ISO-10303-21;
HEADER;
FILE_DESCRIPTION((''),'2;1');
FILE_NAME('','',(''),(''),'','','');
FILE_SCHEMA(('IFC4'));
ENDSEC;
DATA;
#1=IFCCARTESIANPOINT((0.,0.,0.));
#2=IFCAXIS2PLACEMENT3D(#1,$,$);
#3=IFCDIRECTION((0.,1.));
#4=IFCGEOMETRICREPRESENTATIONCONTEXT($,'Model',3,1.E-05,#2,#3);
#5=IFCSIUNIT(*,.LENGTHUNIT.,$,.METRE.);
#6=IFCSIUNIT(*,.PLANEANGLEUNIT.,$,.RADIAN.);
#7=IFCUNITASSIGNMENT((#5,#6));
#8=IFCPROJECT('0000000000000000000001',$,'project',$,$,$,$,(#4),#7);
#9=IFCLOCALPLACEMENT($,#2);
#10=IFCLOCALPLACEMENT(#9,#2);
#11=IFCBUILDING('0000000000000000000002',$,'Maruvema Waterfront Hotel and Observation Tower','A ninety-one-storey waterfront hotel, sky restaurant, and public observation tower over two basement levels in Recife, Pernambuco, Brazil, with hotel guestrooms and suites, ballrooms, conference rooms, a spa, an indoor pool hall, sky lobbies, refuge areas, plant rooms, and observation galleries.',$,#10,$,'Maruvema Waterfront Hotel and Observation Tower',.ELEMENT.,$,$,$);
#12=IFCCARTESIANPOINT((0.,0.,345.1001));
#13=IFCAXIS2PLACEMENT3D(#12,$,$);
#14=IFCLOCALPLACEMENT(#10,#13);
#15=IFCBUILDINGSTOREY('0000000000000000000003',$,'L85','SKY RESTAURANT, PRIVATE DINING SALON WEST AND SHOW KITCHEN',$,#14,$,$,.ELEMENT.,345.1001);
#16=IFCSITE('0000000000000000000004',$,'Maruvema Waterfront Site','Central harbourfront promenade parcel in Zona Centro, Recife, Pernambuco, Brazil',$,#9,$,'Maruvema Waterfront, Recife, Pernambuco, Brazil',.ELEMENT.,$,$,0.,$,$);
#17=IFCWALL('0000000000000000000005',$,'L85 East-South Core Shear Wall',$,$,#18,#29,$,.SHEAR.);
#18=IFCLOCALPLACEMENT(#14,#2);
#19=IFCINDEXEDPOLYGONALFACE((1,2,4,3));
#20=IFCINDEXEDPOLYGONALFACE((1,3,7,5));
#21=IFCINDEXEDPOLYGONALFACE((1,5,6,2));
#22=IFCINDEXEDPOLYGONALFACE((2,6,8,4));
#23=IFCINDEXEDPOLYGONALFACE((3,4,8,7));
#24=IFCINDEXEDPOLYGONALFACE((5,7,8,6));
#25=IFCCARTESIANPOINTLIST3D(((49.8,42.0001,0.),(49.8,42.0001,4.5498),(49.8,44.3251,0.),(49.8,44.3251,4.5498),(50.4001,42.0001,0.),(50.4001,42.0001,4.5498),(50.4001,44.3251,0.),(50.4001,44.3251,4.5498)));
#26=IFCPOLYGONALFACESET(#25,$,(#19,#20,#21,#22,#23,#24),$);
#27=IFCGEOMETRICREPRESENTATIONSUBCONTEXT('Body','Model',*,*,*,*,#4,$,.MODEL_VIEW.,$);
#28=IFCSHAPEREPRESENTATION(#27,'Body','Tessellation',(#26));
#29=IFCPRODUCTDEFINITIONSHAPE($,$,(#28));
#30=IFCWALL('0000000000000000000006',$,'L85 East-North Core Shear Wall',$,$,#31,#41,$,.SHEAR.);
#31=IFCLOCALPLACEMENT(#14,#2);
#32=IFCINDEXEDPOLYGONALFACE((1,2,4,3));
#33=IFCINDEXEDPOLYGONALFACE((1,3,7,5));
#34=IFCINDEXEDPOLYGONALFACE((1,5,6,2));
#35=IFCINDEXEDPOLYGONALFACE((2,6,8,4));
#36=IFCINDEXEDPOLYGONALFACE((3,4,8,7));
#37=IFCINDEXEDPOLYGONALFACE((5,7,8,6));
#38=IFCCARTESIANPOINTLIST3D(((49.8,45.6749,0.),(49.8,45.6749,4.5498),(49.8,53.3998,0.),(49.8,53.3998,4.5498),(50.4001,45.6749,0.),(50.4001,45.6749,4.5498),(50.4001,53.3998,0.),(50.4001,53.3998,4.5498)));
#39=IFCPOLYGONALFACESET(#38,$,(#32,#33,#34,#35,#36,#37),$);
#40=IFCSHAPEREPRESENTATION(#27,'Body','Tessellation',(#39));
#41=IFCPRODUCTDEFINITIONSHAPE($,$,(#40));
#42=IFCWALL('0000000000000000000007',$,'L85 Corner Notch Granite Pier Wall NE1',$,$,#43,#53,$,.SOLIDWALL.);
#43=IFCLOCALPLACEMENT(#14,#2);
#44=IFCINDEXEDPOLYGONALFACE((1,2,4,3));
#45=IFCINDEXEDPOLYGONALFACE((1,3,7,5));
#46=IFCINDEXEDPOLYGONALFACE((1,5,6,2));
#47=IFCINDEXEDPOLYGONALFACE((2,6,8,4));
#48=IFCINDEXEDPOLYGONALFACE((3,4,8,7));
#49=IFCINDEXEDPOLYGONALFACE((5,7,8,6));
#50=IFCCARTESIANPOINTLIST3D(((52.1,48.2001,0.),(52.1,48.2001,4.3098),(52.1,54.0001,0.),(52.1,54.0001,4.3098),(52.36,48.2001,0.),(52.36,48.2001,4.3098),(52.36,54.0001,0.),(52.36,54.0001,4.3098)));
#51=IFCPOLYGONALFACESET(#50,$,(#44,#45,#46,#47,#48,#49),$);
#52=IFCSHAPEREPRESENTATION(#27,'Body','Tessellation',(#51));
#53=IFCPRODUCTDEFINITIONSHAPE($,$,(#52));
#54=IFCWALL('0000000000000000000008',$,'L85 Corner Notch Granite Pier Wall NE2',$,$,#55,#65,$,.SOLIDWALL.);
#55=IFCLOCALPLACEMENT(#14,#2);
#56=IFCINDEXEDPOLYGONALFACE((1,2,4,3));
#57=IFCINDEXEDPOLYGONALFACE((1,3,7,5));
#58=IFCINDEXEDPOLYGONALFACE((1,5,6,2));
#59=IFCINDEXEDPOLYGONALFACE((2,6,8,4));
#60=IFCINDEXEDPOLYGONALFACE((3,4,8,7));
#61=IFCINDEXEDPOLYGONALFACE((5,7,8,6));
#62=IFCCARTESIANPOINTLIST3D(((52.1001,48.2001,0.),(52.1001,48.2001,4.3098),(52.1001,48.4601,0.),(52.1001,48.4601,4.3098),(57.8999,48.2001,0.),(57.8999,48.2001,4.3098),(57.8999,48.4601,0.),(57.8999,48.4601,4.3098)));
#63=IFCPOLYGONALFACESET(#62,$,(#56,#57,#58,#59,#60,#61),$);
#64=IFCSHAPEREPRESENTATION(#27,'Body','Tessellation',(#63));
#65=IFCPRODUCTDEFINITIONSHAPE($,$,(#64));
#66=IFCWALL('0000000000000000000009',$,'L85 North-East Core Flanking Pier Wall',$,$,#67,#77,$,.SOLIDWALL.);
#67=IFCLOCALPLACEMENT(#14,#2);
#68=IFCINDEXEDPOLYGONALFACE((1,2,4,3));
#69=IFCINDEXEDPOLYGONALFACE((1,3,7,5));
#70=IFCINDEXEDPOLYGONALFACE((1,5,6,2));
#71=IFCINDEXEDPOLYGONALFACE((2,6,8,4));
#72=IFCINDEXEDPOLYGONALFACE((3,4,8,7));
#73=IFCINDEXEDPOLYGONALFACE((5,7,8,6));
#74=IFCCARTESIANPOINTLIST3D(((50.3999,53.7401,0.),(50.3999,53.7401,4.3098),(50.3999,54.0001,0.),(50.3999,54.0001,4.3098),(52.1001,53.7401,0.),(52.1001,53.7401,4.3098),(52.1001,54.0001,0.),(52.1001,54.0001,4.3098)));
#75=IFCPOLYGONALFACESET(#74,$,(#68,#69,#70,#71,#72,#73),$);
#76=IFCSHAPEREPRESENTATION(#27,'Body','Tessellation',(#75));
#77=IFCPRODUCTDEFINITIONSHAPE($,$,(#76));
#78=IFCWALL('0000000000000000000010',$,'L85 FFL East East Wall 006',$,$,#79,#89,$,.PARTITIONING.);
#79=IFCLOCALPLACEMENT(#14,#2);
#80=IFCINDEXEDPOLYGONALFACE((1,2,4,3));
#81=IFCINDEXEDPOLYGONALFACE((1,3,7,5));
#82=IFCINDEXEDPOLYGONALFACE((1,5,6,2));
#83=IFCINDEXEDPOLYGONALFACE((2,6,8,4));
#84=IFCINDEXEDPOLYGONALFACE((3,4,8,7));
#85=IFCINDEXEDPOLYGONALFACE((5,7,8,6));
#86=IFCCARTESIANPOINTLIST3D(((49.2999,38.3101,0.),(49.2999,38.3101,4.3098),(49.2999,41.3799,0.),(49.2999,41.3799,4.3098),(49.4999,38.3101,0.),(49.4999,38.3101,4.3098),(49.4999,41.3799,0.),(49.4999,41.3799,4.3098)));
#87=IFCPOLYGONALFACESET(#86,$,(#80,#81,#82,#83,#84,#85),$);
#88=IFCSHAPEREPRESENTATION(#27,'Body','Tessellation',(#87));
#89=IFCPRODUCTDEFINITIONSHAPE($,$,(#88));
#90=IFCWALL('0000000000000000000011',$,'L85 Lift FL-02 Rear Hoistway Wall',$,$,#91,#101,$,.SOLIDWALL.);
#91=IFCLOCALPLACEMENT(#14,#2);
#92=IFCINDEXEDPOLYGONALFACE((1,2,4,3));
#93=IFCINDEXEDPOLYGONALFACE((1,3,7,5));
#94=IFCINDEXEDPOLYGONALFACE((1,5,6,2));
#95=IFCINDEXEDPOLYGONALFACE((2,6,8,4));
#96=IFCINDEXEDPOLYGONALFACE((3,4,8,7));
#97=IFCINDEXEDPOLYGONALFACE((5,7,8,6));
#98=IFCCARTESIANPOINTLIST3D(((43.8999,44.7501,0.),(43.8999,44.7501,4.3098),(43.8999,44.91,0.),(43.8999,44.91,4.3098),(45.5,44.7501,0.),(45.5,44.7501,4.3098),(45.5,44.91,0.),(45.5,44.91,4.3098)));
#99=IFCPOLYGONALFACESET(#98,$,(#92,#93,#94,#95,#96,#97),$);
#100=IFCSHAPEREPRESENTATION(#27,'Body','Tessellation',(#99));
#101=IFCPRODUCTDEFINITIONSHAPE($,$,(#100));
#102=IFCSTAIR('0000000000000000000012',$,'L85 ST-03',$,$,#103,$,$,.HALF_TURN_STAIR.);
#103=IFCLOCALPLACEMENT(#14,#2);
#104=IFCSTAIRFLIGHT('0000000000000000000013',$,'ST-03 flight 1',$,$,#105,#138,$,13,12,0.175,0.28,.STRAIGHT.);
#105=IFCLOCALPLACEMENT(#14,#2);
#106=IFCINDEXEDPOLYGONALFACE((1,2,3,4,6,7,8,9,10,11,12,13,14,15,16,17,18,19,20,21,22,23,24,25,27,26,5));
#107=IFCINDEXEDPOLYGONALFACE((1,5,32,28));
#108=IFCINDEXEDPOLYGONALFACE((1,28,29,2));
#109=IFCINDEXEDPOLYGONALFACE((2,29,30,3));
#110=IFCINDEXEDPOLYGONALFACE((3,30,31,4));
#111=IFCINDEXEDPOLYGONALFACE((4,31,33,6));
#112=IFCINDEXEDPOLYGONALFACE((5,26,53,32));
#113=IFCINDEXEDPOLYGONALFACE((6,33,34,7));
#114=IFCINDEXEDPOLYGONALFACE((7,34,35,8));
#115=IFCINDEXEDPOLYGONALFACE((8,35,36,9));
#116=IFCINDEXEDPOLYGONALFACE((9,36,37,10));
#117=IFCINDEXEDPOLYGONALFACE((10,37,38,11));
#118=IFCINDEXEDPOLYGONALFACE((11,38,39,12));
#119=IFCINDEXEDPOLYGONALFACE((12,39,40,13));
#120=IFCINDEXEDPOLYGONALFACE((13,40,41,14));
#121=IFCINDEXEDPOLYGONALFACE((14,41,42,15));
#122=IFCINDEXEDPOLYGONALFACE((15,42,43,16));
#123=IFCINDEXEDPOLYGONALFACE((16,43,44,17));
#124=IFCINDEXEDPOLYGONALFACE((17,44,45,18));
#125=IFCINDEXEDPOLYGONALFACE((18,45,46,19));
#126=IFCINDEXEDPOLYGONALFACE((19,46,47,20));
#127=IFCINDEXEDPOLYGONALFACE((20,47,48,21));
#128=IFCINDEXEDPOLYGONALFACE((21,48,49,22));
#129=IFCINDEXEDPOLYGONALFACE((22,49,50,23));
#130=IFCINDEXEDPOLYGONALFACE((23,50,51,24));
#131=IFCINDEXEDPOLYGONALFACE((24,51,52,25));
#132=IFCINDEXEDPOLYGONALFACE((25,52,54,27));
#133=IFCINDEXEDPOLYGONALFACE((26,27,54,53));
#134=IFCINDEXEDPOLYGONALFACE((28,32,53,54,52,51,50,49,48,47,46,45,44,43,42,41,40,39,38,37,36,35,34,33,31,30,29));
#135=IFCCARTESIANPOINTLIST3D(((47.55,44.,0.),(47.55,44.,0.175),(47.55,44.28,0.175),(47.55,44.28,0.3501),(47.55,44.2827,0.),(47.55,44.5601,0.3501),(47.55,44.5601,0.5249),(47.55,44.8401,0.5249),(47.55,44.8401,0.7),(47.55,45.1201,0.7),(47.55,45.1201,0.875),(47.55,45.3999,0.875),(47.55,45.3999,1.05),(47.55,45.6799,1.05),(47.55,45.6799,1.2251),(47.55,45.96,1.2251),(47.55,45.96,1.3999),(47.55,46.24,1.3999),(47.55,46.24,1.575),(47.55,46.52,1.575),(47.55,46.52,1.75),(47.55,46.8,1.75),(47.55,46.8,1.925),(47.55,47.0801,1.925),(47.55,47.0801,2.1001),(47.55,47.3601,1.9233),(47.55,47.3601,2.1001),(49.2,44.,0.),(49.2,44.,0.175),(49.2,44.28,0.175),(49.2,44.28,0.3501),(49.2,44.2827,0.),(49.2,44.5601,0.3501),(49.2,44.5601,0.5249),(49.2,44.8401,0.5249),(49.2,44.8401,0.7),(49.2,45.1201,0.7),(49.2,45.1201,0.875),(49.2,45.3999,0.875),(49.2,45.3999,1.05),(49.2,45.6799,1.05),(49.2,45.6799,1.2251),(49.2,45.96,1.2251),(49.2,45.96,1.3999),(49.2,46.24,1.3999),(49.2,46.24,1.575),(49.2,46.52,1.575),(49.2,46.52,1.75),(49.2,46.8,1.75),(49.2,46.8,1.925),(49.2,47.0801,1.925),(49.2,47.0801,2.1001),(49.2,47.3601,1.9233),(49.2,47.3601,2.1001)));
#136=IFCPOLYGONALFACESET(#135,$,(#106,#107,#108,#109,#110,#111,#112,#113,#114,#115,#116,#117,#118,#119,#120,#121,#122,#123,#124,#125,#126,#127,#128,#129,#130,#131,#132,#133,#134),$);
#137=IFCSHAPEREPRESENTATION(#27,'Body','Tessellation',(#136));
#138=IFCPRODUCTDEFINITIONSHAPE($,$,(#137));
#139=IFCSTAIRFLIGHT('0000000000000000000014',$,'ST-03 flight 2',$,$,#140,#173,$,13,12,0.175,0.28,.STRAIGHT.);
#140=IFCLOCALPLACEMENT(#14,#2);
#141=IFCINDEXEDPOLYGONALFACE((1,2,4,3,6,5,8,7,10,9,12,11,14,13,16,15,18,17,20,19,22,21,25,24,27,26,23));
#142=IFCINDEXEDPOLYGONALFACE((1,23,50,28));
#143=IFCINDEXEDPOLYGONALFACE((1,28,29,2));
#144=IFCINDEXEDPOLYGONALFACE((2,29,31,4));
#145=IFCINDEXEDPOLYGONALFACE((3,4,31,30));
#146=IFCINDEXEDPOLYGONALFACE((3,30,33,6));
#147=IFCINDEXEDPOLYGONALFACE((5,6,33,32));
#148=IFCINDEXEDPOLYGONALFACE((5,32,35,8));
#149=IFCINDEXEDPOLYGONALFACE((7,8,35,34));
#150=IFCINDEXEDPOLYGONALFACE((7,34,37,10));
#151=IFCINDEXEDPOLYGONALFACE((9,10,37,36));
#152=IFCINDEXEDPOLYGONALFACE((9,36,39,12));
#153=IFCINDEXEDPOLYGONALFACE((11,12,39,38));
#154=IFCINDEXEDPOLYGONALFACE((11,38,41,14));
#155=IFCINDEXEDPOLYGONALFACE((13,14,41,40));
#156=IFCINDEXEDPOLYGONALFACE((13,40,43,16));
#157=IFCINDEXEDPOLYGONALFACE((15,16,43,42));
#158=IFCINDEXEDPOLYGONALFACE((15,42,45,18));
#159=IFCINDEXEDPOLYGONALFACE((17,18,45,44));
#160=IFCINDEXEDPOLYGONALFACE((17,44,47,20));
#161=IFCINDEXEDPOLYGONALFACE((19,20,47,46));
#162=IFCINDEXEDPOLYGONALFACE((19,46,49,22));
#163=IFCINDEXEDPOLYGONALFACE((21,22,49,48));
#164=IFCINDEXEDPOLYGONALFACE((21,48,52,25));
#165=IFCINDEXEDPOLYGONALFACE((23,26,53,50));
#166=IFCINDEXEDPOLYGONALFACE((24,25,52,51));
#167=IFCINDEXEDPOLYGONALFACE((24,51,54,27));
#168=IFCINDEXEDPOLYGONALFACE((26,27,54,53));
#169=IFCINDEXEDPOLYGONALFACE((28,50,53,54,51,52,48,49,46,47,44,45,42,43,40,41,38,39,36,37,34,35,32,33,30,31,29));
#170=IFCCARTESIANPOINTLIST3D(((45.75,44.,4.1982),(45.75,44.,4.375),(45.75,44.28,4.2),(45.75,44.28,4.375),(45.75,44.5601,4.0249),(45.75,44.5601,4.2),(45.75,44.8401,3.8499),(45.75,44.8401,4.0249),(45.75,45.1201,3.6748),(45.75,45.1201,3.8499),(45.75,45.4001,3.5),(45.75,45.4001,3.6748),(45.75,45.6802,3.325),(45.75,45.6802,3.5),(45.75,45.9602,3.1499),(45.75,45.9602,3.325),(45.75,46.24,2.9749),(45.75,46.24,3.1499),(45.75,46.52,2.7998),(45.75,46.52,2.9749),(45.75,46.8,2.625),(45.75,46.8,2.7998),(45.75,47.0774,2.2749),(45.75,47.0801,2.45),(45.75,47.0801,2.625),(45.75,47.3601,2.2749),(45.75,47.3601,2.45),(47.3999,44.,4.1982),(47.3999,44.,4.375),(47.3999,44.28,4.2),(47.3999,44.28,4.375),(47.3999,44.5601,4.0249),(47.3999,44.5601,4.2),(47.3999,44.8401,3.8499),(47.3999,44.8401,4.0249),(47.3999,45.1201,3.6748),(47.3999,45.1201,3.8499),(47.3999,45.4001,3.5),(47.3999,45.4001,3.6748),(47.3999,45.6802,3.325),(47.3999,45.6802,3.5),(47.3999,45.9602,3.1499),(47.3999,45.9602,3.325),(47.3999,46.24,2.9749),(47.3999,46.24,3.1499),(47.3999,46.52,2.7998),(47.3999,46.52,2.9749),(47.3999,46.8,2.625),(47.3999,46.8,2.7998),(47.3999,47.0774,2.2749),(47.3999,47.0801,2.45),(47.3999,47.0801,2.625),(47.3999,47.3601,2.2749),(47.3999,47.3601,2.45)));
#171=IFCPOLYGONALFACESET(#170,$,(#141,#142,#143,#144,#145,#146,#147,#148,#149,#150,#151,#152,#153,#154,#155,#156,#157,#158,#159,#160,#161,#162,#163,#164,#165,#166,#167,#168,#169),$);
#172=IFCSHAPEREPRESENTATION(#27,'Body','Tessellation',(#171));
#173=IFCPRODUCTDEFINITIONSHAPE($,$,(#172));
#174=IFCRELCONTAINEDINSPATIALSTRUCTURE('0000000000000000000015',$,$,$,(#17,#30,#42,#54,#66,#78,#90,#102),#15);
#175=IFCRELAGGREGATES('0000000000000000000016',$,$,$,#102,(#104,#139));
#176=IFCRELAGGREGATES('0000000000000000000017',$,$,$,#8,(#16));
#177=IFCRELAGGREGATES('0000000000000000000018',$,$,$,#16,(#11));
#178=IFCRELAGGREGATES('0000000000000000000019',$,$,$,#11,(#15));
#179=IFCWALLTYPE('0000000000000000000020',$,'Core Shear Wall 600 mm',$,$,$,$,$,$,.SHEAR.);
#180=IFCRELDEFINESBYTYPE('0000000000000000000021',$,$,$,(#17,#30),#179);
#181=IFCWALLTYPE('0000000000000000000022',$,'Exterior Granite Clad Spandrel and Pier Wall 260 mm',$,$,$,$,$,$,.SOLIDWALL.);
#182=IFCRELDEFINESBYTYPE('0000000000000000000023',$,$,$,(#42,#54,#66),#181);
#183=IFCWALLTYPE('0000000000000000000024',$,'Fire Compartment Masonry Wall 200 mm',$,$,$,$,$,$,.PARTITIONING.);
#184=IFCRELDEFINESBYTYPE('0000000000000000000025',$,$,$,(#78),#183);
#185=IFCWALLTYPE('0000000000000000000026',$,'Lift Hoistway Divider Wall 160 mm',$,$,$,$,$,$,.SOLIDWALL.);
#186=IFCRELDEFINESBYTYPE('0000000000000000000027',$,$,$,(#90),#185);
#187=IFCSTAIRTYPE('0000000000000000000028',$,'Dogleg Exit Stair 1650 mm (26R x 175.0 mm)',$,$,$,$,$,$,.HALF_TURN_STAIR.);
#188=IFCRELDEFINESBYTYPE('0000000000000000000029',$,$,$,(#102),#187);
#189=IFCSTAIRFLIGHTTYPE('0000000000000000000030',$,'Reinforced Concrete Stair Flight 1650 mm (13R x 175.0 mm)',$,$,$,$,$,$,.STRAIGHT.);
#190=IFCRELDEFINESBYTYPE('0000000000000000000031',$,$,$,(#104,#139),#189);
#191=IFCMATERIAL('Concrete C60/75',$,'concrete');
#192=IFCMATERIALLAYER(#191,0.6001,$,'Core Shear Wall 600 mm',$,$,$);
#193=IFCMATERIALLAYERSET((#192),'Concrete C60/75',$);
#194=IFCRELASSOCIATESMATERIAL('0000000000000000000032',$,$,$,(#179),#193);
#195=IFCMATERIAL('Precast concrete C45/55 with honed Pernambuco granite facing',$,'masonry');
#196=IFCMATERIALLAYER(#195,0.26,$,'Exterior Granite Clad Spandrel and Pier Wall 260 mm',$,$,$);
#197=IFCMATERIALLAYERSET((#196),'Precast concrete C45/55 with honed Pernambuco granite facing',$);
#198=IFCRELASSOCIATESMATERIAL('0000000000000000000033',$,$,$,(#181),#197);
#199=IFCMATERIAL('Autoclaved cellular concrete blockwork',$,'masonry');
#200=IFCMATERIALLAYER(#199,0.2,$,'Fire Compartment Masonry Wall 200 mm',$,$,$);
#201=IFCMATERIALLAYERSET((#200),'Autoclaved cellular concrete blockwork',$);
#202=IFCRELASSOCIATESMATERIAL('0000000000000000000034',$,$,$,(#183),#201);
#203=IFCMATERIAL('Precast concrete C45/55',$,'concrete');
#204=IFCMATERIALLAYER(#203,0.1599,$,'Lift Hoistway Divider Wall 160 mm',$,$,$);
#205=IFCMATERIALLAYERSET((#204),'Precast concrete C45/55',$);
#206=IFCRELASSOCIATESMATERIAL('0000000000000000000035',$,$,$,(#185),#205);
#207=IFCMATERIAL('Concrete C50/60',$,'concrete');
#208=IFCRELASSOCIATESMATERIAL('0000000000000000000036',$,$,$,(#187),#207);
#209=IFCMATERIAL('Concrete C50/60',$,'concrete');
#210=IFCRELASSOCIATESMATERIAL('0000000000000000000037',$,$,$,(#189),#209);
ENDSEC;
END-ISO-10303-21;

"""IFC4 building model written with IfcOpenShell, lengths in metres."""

from ifc_helpers import new_model, si_unit, direction, frame, frame_2d, origin, place, context, subcontext, project, spatial, polyline, rectangle, outline, extrude, material, layer, layer_set, type_object, element, aggregate, save


model = new_model("IFC4")

# Units and contexts
model_context = context("Model", 3, precision=1e-05, world=origin(), true_north=direction((0.0, 1.0)))
body_context = subcontext(model_context, "Body", "Model", "MODEL_VIEW")
ifc_project = project(units=[si_unit("LENGTHUNIT", "METRE"), si_unit("PLANEANGLEUNIT", "RADIAN")], contexts=[model_context])

# Site, building, storey
site_placement = place(None, origin())
site = spatial("IfcSite", under=ifc_project, at=site_placement, Name="Maruvema Waterfront Site", Description="Central harbourfront promenade parcel in Zona Centro, Recife, Pernambuco, Brazil", LongName="Maruvema Waterfront, Recife, Pernambuco, Brazil", CompositionType="ELEMENT", RefElevation=0.0)
building_placement = place(site_placement, origin())
building = spatial("IfcBuilding", under=site, at=building_placement, Name="Maruvema Waterfront Hotel and Observation Tower", Description="A ninety-one-storey waterfront hotel, sky restaurant, and public observation tower over two basement levels in Recife, Pernambuco, Brazil, with hotel guestrooms and suites, ballrooms, conference rooms, a spa, an indoor pool hall, sky lobbies, refuge areas, plant rooms, and observation galleries.", LongName="Maruvema Waterfront Hotel and Observation Tower", CompositionType="ELEMENT")
storey_placement = place(building_placement, frame((0.0, 0.0, 345.1001)))
storey = spatial("IfcBuildingStorey", under=building, at=storey_placement, Name="L85", Description="SKY RESTAURANT, PRIVATE DINING SALON WEST AND SHOW KITCHEN", CompositionType="ELEMENT", Elevation=345.1001)

# Walls
ifc_material_1 = material(Name="Concrete C60/75", Category="concrete")
ifc_layer_1 = layer(ifc_material_1, 0.6001, Name="Core Shear Wall 600 mm")
ifc_layer_set_1 = layer_set([ifc_layer_1], Name="Concrete C60/75")
wall_type_1 = type_object("IfcWallType", Name="Core Shear Wall 600 mm", PredefinedType="SHEAR", material=ifc_layer_set_1)
wall_1_placement = place(storey_placement, frame((50.1001, 42.0, 0.0), z_axis=(0.0, 0.0, 1.0), x_axis=(0.0, 1.0, 0.0)))
element("IfcWall", 1, at=wall_1_placement, inside=storey, type_object=wall_type_1, Name="L85 East-South Core Shear Wall", PredefinedType="SHEAR", context=body_context, shape_type="SweptSolid", body=[
    extrude(rectangle(XDim=2.325, YDim=0.6001, at=frame_2d((1.1626, 0.0))), origin(), (0.0, 0.0, 1.0), 4.5498),
])
wall_2_placement = place(storey_placement, frame((50.1001, 45.675, 0.0), z_axis=(0.0, 0.0, 1.0), x_axis=(0.0, 1.0, 0.0)))
element("IfcWall", 2, at=wall_2_placement, inside=storey, type_object=wall_type_1, Name="L85 East-North Core Shear Wall", PredefinedType="SHEAR", context=body_context, shape_type="SweptSolid", body=[
    extrude(rectangle(XDim=7.7249, YDim=0.6001, at=frame_2d((3.8623, 0.0))), origin(), (0.0, 0.0, 1.0), 4.5498),
])
ifc_material_2 = material(Name="Precast concrete C45/55 with honed Pernambuco granite facing", Category="masonry")
ifc_layer_2 = layer(ifc_material_2, 0.26, Name="Exterior Granite Clad Spandrel and Pier Wall 260 mm")
ifc_layer_set_2 = layer_set([ifc_layer_2], Name="Precast concrete C45/55 with honed Pernambuco granite facing")
wall_type_2 = type_object("IfcWallType", Name="Exterior Granite Clad Spandrel and Pier Wall 260 mm", PredefinedType="SOLIDWALL", material=ifc_layer_set_2)
wall_3_placement = place(storey_placement, frame((52.23, 54.0, 0.0), z_axis=(0.0, 0.0, 1.0), x_axis=(0.0, -1.0, 0.0)))
element("IfcWall", 3, at=wall_3_placement, inside=storey, type_object=wall_type_2, Name="L85 Corner Notch Granite Pier Wall NE1", PredefinedType="SOLIDWALL", context=body_context, shape_type="SweptSolid", body=[
    extrude(rectangle(XDim=5.8, YDim=0.26, at=frame_2d((2.8999, 0.0))), origin(), (0.0, 0.0, 1.0), 4.3098),
])
wall_4_placement = place(storey_placement, frame((52.1001, 48.3301, 0.0), z_axis=(0.0, 0.0, 1.0), x_axis=(1.0, 0.0, 0.0)))
element("IfcWall", 4, at=wall_4_placement, inside=storey, type_object=wall_type_2, Name="L85 Corner Notch Granite Pier Wall NE2", PredefinedType="SOLIDWALL", context=body_context, shape_type="SweptSolid", body=[
    extrude(rectangle(XDim=5.7998, YDim=0.26, at=frame_2d((2.8999, 0.0))), origin(), (0.0, 0.0, 1.0), 4.3098),
])
wall_5_placement = place(storey_placement, frame((52.1001, 53.8701, 0.0), z_axis=(0.0, 0.0, 1.0), x_axis=(-1.0, 0.0, 0.0)))
element("IfcWall", 5, at=wall_5_placement, inside=storey, type_object=wall_type_2, Name="L85 North-East Core Flanking Pier Wall", PredefinedType="SOLIDWALL", context=body_context, shape_type="SweptSolid", body=[
    extrude(rectangle(XDim=1.7002, YDim=0.26, at=frame_2d((0.8501, 0.0))), origin(), (0.0, 0.0, 1.0), 4.3098),
])
ifc_material_3 = material(Name="Autoclaved cellular concrete blockwork", Category="masonry")
ifc_layer_3 = layer(ifc_material_3, 0.2, Name="Fire Compartment Masonry Wall 200 mm")
ifc_layer_set_3 = layer_set([ifc_layer_3], Name="Autoclaved cellular concrete blockwork")
wall_type_3 = type_object("IfcWallType", Name="Fire Compartment Masonry Wall 200 mm", PredefinedType="PARTITIONING", material=ifc_layer_set_3)
wall_6_placement = place(storey_placement, frame((49.3999, 38.3101, 0.0), z_axis=(0.0, 0.0, 1.0), x_axis=(0.0, 1.0, 0.0)))
element("IfcWall", 6, at=wall_6_placement, inside=storey, type_object=wall_type_3, Name="L85 FFL East East Wall 006", PredefinedType="PARTITIONING", context=body_context, shape_type="SweptSolid", body=[
    extrude(rectangle(XDim=3.0698, YDim=0.2, at=frame_2d((1.5349, 0.0))), origin(), (0.0, 0.0, 1.0), 4.3098),
])
ifc_material_4 = material(Name="Precast concrete C45/55", Category="concrete")
ifc_layer_4 = layer(ifc_material_4, 0.1599, Name="Lift Hoistway Divider Wall 160 mm")
ifc_layer_set_4 = layer_set([ifc_layer_4], Name="Precast concrete C45/55")
wall_type_4 = type_object("IfcWallType", Name="Lift Hoistway Divider Wall 160 mm", PredefinedType="SOLIDWALL", material=ifc_layer_set_4)
wall_7_placement = place(storey_placement, frame((43.8999, 44.8301, 0.0), z_axis=(0.0, 0.0, 1.0), x_axis=(1.0, 0.0, 0.0)))
element("IfcWall", 7, at=wall_7_placement, inside=storey, type_object=wall_type_4, Name="L85 Lift FL-02 Rear Hoistway Wall", PredefinedType="SOLIDWALL", context=body_context, shape_type="SweptSolid", body=[
    extrude(rectangle(XDim=1.6001, YDim=0.1599, at=frame_2d((0.8, 0.0))), origin(), (0.0, 0.0, 1.0), 4.3098),
])

# Stair, stair flights
ifc_material_5 = material(Name="Concrete C50/60", Category="concrete")
stair_type = type_object("IfcStairType", Name="Dogleg Exit Stair 1650 mm (26R x 175.0 mm)", PredefinedType="HALF_TURN_STAIR", material=ifc_material_5)
stair_placement = place(storey_placement, origin())
stair = element("IfcStair", 8, at=stair_placement, inside=storey, type_object=stair_type, Name="L85 ST-03", PredefinedType="HALF_TURN_STAIR")
ifc_material_6 = material(Name="Concrete C50/60", Category="concrete")
stair_flight_type = type_object("IfcStairFlightType", Name="Reinforced Concrete Stair Flight 1650 mm (13R x 175.0 mm)", PredefinedType="STRAIGHT", material=ifc_material_6)
stair_flight_1_placement = place(storey_placement, frame((48.375, 44.0, 0.0), z_axis=(0.0, 0.0, 1.0), x_axis=(0.0, 1.0, 0.0)))
stair_flight_1 = element("IfcStairFlight", 9, at=stair_flight_1_placement, type_object=stair_flight_type, Name="ST-03 flight 1", NumberOfRisers=13, NumberOfTreads=12, PredefinedType="STRAIGHT", RiserHeight=0.175, TreadLength=0.28, context=body_context, shape_type="SweptSolid", body=[
    extrude(outline(polyline([(0.0, 0.0), (0.0, 0.175), (0.28, 0.175), (0.28, 0.3501), (0.5601, 0.3501), (0.5601, 0.5249), (0.8401, 0.5249), (0.8401, 0.7), (1.1201, 0.7), (1.1201, 0.875), (1.3999, 0.875), (1.3999, 1.05), (1.6799, 1.05), (1.6799, 1.2251), (1.96, 1.2251), (1.96, 1.3999), (2.24, 1.3999), (2.24, 1.575), (2.52, 1.575), (2.52, 1.75), (2.8, 1.75), (2.8, 1.925), (3.0801, 1.925), (3.0801, 2.1001), (3.3601, 2.1001), (3.3601, 2.2749), (3.3601, 1.9233), (0.2827, 0.0), (0.0, 0.0)])), frame((0.0, 0.825, 0.0), z_axis=(0.0, -1.0, 0.0), x_axis=(1.0, 0.0, 0.0)), (0.0, 0.0, 1.0), 1.6499),
])
stair_flight_2_placement = place(storey_placement, frame((46.575, 47.3601, 2.2749), z_axis=(0.0, 0.0, 1.0), x_axis=(0.0, -1.0, 0.0)))
stair_flight_2 = element("IfcStairFlight", 10, at=stair_flight_2_placement, type_object=stair_flight_type, Name="ST-03 flight 2", NumberOfRisers=13, NumberOfTreads=12, PredefinedType="STRAIGHT", RiserHeight=0.175, TreadLength=0.28, context=body_context, shape_type="SweptSolid", body=[
    extrude(outline(polyline([(0.0, 0.0), (0.0, 0.175), (0.28, 0.175), (0.28, 0.3501), (0.5601, 0.3501), (0.5601, 0.5249), (0.8401, 0.5249), (0.8401, 0.7), (1.1201, 0.7), (1.1201, 0.875), (1.3999, 0.875), (1.3999, 1.05), (1.6799, 1.05), (1.6799, 1.2251), (1.96, 1.2251), (1.96, 1.3999), (2.24, 1.3999), (2.24, 1.575), (2.52, 1.575), (2.52, 1.75), (2.8, 1.75), (2.8, 1.925), (3.0801, 1.925), (3.0801, 2.1001), (3.3601, 2.1001), (3.3601, 2.2749), (3.3601, 1.9233), (0.2827, 0.0), (0.0, 0.0)])), frame((0.0, 0.825, 0.0), z_axis=(0.0, -1.0, 0.0), x_axis=(1.0, 0.0, 0.0)), (0.0, 0.0, 1.0), 1.6499),
])
aggregate(stair, [stair_flight_1, stair_flight_2])

save(model, "model.ifc")
